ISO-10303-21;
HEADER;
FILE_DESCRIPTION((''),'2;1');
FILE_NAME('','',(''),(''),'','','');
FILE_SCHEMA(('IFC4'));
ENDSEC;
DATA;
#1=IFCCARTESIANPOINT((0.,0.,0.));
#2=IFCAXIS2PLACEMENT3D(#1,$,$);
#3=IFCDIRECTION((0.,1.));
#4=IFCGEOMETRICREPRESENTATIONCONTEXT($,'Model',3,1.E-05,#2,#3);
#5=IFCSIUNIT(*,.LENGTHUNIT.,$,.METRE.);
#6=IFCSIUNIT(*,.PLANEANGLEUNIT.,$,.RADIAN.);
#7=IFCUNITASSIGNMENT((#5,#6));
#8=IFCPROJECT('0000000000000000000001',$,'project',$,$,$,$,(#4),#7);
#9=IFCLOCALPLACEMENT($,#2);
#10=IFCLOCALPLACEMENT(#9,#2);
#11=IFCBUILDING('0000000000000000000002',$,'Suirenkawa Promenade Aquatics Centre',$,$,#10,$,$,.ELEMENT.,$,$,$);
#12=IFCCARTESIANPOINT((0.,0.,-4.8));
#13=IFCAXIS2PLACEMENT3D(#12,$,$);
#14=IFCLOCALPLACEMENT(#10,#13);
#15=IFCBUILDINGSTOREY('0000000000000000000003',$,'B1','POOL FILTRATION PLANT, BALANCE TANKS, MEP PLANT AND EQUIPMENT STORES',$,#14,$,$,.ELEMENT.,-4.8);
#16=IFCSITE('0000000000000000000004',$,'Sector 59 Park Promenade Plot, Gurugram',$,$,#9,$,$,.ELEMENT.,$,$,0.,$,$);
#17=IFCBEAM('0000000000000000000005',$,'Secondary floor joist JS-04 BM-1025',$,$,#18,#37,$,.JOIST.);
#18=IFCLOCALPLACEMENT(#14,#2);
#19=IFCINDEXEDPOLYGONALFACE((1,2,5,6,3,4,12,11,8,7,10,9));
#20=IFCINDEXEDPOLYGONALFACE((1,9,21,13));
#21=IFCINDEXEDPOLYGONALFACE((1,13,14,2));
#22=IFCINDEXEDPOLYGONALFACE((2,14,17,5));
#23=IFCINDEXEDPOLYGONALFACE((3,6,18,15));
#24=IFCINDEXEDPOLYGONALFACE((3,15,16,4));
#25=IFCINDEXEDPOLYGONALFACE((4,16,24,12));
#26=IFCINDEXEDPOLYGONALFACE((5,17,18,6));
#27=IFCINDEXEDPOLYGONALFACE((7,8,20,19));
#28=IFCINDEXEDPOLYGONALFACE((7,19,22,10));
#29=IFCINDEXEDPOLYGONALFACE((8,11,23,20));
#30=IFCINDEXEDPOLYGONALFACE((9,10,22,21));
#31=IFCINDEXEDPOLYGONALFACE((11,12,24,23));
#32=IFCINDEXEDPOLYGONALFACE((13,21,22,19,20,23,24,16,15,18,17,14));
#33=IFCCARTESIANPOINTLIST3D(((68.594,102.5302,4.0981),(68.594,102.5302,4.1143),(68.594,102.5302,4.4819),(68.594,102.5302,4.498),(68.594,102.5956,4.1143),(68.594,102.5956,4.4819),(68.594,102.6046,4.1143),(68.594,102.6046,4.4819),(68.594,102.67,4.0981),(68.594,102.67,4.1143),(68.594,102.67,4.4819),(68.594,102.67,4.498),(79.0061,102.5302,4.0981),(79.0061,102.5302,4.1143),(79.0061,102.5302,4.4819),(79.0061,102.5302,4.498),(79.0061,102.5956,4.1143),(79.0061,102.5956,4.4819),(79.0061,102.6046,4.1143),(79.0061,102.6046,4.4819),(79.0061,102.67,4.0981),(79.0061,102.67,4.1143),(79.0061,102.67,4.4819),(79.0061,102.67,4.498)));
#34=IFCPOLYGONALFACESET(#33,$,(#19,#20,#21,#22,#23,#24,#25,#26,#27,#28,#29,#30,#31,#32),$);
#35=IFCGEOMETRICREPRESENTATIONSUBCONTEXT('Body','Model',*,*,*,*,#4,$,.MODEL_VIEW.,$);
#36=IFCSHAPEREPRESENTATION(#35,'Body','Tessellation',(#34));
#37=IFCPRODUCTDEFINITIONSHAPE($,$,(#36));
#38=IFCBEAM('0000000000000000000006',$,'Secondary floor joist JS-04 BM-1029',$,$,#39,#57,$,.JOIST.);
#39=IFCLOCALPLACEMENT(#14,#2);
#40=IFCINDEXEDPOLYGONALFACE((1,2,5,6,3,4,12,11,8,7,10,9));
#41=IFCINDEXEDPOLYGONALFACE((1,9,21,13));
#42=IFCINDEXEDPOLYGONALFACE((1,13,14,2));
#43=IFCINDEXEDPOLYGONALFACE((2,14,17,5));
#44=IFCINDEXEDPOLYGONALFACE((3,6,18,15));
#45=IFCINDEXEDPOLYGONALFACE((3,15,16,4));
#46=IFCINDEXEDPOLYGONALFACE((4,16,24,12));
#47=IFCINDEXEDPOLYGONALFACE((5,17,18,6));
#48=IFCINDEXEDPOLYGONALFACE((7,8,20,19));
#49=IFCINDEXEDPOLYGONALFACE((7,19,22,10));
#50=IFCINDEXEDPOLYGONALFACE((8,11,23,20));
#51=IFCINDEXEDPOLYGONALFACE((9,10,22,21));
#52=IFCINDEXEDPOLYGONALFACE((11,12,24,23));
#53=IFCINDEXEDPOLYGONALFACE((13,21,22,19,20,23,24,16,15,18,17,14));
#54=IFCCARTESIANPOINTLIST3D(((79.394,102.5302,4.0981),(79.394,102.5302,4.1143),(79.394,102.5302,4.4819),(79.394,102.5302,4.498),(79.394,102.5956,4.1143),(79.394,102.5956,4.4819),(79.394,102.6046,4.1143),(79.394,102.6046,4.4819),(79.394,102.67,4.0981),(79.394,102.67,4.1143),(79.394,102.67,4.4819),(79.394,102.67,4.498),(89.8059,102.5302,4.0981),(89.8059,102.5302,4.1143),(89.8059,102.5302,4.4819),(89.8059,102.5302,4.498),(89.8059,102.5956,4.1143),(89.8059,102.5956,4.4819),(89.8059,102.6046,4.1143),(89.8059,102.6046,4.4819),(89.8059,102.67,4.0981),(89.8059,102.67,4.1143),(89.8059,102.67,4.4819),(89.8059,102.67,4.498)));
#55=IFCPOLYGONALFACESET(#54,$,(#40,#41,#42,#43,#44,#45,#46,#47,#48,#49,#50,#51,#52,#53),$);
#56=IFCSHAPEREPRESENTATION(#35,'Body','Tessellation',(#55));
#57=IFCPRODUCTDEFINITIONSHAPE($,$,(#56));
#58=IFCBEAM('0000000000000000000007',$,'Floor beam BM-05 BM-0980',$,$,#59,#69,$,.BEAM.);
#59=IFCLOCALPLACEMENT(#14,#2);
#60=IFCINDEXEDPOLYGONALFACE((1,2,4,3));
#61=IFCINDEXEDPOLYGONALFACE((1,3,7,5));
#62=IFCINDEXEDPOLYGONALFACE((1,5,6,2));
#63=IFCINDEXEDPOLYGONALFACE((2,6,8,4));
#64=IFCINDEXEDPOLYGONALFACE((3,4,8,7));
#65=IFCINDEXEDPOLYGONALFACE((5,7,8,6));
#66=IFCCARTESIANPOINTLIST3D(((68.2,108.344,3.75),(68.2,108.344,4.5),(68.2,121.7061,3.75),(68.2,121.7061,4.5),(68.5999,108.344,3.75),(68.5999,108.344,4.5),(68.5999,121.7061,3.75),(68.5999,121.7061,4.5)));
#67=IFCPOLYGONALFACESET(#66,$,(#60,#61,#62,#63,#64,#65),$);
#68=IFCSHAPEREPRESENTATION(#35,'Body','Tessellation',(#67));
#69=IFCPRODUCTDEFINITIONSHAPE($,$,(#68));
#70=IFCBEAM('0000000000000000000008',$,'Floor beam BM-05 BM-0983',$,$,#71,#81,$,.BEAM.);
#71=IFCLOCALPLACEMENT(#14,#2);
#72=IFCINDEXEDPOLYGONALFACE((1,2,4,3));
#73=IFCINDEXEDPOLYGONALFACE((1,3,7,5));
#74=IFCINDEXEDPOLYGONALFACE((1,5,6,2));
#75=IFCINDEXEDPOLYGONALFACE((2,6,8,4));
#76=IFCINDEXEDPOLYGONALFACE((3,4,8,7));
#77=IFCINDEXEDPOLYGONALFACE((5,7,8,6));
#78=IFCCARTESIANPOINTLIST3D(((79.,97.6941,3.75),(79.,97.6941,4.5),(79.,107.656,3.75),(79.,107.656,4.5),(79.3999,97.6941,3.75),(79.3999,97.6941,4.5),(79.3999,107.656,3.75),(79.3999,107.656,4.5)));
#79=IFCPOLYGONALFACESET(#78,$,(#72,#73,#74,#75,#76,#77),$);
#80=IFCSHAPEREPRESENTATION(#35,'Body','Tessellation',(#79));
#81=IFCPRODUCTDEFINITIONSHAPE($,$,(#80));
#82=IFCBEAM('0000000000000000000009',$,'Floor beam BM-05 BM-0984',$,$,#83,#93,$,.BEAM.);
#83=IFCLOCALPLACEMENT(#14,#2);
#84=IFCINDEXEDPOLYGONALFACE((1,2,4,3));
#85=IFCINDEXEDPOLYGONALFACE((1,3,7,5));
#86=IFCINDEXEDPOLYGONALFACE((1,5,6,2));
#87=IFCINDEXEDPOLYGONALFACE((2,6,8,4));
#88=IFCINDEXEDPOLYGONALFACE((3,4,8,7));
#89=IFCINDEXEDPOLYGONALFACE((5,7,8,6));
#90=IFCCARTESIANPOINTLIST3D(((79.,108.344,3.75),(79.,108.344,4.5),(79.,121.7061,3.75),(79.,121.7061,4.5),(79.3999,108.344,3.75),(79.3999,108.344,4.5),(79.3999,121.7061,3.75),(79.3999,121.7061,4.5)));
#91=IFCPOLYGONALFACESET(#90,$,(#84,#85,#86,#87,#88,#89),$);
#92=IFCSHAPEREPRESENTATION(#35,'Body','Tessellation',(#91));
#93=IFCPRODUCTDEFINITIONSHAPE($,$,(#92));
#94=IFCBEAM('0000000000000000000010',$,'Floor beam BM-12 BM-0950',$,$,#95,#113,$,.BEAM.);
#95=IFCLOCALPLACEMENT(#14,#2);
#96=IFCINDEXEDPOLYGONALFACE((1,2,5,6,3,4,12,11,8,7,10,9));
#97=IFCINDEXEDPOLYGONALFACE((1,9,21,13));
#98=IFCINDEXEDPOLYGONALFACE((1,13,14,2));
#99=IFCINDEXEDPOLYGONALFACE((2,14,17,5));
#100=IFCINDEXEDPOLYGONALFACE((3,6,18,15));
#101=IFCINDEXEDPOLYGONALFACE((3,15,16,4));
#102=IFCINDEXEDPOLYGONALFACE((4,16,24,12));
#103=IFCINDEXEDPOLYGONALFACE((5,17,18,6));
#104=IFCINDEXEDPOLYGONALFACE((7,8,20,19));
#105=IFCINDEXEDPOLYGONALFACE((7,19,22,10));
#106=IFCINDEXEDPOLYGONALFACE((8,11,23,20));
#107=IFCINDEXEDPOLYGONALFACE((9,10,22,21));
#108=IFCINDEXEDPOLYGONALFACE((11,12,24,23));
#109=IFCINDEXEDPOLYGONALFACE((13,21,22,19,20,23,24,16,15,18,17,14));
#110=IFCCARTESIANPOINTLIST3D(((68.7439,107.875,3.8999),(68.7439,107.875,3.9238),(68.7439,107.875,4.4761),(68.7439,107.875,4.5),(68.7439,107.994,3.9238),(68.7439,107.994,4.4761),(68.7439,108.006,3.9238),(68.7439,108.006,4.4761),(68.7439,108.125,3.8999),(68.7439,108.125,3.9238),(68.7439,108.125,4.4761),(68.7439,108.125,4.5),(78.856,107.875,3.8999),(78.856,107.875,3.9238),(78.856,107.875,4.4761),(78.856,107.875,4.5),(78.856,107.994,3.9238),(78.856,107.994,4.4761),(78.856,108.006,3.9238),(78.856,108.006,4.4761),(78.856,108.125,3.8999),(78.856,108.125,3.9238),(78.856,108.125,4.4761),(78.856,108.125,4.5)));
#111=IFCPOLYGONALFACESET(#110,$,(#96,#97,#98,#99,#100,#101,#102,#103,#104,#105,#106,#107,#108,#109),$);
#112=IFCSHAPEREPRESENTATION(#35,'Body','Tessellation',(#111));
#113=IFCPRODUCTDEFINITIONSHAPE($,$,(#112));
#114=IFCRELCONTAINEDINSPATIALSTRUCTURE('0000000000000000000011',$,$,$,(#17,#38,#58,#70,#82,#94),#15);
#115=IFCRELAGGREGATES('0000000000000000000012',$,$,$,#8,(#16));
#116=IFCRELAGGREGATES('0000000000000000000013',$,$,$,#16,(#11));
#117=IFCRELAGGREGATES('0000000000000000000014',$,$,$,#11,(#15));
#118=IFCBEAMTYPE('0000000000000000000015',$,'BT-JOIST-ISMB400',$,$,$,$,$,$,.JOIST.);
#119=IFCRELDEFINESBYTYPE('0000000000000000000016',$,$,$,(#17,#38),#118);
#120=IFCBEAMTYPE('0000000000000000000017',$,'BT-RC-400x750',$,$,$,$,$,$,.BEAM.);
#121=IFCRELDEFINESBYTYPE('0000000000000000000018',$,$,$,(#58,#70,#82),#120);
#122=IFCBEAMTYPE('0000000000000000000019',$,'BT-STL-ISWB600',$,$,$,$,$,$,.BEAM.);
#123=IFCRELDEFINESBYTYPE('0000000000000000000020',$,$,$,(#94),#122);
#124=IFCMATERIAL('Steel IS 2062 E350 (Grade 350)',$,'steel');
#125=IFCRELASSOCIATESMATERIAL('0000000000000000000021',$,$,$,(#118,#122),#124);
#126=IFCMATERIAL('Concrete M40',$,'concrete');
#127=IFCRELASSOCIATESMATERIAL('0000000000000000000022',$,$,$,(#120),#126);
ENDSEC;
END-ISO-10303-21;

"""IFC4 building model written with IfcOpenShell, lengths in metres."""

from ifc_helpers import new_model, si_unit, direction, frame, origin, origin_2d, place, context, subcontext, project, spatial, rectangle, i_section, extrude, material, material_profile, profile_set, type_object, element, save


model = new_model("IFC4")

# Units and contexts
model_context = context("Model", 3, precision=1e-05, world=origin(), true_north=direction((0.0, 1.0)))
body_context = subcontext(model_context, "Body", "Model", "MODEL_VIEW")
ifc_project = project(units=[si_unit("LENGTHUNIT", "METRE"), si_unit("PLANEANGLEUNIT", "RADIAN")], contexts=[model_context])

# Site, building, storey
site_placement = place(None, origin())
site = spatial("IfcSite", under=ifc_project, at=site_placement, Name="Sector 59 Park Promenade Plot, Gurugram", CompositionType="ELEMENT", RefElevation=0.0)
building_placement = place(site_placement, origin())
building = spatial("IfcBuilding", under=site, at=building_placement, Name="Suirenkawa Promenade Aquatics Centre", CompositionType="ELEMENT")
storey_placement = place(building_placement, frame((0.0, 0.0, -4.8)))
storey = spatial("IfcBuildingStorey", under=building, at=storey_placement, Name="B1", Description="POOL FILTRATION PLANT, BALANCE TANKS, MEP PLANT AND EQUIPMENT STORES", CompositionType="ELEMENT", Elevation=-4.8)

# Shared definitions
ifc_material_1 = material(Name="Concrete M40", Category="concrete")

# Beams
ifc_material_2 = material(Name="Steel IS 2062 E350 (Grade 350)", Category="steel")
ifc_material_profile_1 = material_profile(ifc_material_2, i_section(OverallWidth=0.1399, OverallDepth=0.3999, WebThickness=0.009, FlangeThickness=0.0161, at=origin_2d()), Name="ISMB 400", Category="steel")
ifc_profile_set_1 = profile_set([ifc_material_profile_1], Name="Steel IS 2062 E350 (Grade 350)")
beam_type_1 = type_object("IfcBeamType", Name="BT-JOIST-ISMB400", PredefinedType="JOIST", material=ifc_profile_set_1)
beam_1_placement = place(storey_placement, frame((68.594, 102.6001, 4.2981), z_axis=(1.0, 0.0, 0.0), x_axis=(0.0, 1.0, 0.0)))
element("IfcBeam", 1, at=beam_1_placement, inside=storey, type_object=beam_type_1, Name="Secondary floor joist JS-04 BM-1025", PredefinedType="JOIST", context=body_context, shape_type="SweptSolid", body=[
    extrude(i_section(OverallWidth=0.1399, OverallDepth=0.3999, WebThickness=0.009, FlangeThickness=0.0161, at=origin_2d()), origin(), (0.0, 0.0, 1.0), 10.4121),
])
beam_2_placement = place(storey_placement, frame((79.394, 102.6001, 4.2981), z_axis=(1.0, 0.0, 0.0), x_axis=(0.0, 1.0, 0.0)))
element("IfcBeam", 2, at=beam_2_placement, inside=storey, type_object=beam_type_1, Name="Secondary floor joist JS-04 BM-1029", PredefinedType="JOIST", context=body_context, shape_type="SweptSolid", body=[
    extrude(i_section(OverallWidth=0.1399, OverallDepth=0.3999, WebThickness=0.009, FlangeThickness=0.0161, at=origin_2d()), origin(), (0.0, 0.0, 1.0), 10.4119),
])
ifc_material_profile_2 = material_profile(ifc_material_1, rectangle(XDim=0.3999, YDim=0.75, at=origin_2d()), Name="RC BM 400x750", Category="concrete")
ifc_profile_set_2 = profile_set([ifc_material_profile_2], Name="Concrete M40")
beam_type_2 = type_object("IfcBeamType", Name="BT-RC-400x750", PredefinedType="BEAM", material=ifc_profile_set_2)
beam_3_placement = place(storey_placement, frame((68.3999, 108.344, 4.125), z_axis=(0.0, 1.0, 0.0), x_axis=(-1.0, 0.0, 0.0)))
element("IfcBeam", 3, at=beam_3_placement, inside=storey, type_object=beam_type_2, Name="Floor beam BM-05 BM-0980", PredefinedType="BEAM", context=body_context, shape_type="SweptSolid", body=[
    extrude(rectangle(XDim=0.3999, YDim=0.75, at=origin_2d()), origin(), (0.0, 0.0, 1.0), 13.3621),
])
beam_4_placement = place(storey_placement, frame((79.2, 97.6941, 4.125), z_axis=(0.0, 1.0, 0.0), x_axis=(-1.0, 0.0, 0.0)))
element("IfcBeam", 4, at=beam_4_placement, inside=storey, type_object=beam_type_2, Name="Floor beam BM-05 BM-0983", PredefinedType="BEAM", context=body_context, shape_type="SweptSolid", body=[
    extrude(rectangle(XDim=0.3999, YDim=0.75, at=origin_2d()), origin(), (0.0, 0.0, 1.0), 9.9619),
])
beam_5_placement = place(storey_placement, frame((79.2, 108.344, 4.125), z_axis=(0.0, 1.0, 0.0), x_axis=(-1.0, 0.0, 0.0)))
element("IfcBeam", 5, at=beam_5_placement, inside=storey, type_object=beam_type_2, Name="Floor beam BM-05 BM-0984", PredefinedType="BEAM", context=body_context, shape_type="SweptSolid", body=[
    extrude(rectangle(XDim=0.3999, YDim=0.75, at=origin_2d()), origin(), (0.0, 0.0, 1.0), 13.3621),
])
ifc_material_profile_3 = material_profile(ifc_material_2, i_section(OverallWidth=0.25, OverallDepth=0.6001, WebThickness=0.012, FlangeThickness=0.0239, at=origin_2d()), Name="ISWB 600", Category="steel")
ifc_profile_set_3 = profile_set([ifc_material_profile_3], Name="Steel IS 2062 E350 (Grade 350)")
beam_type_3 = type_object("IfcBeamType", Name="BT-STL-ISWB600", PredefinedType="BEAM", material=ifc_profile_set_3)
beam_6_placement = place(storey_placement, frame((68.7439, 108.0, 4.2), z_axis=(1.0, 0.0, 0.0), x_axis=(0.0, 1.0, 0.0)))
element("IfcBeam", 6, at=beam_6_placement, inside=storey, type_object=beam_type_3, Name="Floor beam BM-12 BM-0950", PredefinedType="BEAM", context=body_context, shape_type="SweptSolid", body=[
    extrude(i_section(OverallWidth=0.25, OverallDepth=0.6001, WebThickness=0.012, FlangeThickness=0.0239, at=origin_2d()), origin(), (0.0, 0.0, 1.0), 10.1121),
])

save(model, "model.ifc")
